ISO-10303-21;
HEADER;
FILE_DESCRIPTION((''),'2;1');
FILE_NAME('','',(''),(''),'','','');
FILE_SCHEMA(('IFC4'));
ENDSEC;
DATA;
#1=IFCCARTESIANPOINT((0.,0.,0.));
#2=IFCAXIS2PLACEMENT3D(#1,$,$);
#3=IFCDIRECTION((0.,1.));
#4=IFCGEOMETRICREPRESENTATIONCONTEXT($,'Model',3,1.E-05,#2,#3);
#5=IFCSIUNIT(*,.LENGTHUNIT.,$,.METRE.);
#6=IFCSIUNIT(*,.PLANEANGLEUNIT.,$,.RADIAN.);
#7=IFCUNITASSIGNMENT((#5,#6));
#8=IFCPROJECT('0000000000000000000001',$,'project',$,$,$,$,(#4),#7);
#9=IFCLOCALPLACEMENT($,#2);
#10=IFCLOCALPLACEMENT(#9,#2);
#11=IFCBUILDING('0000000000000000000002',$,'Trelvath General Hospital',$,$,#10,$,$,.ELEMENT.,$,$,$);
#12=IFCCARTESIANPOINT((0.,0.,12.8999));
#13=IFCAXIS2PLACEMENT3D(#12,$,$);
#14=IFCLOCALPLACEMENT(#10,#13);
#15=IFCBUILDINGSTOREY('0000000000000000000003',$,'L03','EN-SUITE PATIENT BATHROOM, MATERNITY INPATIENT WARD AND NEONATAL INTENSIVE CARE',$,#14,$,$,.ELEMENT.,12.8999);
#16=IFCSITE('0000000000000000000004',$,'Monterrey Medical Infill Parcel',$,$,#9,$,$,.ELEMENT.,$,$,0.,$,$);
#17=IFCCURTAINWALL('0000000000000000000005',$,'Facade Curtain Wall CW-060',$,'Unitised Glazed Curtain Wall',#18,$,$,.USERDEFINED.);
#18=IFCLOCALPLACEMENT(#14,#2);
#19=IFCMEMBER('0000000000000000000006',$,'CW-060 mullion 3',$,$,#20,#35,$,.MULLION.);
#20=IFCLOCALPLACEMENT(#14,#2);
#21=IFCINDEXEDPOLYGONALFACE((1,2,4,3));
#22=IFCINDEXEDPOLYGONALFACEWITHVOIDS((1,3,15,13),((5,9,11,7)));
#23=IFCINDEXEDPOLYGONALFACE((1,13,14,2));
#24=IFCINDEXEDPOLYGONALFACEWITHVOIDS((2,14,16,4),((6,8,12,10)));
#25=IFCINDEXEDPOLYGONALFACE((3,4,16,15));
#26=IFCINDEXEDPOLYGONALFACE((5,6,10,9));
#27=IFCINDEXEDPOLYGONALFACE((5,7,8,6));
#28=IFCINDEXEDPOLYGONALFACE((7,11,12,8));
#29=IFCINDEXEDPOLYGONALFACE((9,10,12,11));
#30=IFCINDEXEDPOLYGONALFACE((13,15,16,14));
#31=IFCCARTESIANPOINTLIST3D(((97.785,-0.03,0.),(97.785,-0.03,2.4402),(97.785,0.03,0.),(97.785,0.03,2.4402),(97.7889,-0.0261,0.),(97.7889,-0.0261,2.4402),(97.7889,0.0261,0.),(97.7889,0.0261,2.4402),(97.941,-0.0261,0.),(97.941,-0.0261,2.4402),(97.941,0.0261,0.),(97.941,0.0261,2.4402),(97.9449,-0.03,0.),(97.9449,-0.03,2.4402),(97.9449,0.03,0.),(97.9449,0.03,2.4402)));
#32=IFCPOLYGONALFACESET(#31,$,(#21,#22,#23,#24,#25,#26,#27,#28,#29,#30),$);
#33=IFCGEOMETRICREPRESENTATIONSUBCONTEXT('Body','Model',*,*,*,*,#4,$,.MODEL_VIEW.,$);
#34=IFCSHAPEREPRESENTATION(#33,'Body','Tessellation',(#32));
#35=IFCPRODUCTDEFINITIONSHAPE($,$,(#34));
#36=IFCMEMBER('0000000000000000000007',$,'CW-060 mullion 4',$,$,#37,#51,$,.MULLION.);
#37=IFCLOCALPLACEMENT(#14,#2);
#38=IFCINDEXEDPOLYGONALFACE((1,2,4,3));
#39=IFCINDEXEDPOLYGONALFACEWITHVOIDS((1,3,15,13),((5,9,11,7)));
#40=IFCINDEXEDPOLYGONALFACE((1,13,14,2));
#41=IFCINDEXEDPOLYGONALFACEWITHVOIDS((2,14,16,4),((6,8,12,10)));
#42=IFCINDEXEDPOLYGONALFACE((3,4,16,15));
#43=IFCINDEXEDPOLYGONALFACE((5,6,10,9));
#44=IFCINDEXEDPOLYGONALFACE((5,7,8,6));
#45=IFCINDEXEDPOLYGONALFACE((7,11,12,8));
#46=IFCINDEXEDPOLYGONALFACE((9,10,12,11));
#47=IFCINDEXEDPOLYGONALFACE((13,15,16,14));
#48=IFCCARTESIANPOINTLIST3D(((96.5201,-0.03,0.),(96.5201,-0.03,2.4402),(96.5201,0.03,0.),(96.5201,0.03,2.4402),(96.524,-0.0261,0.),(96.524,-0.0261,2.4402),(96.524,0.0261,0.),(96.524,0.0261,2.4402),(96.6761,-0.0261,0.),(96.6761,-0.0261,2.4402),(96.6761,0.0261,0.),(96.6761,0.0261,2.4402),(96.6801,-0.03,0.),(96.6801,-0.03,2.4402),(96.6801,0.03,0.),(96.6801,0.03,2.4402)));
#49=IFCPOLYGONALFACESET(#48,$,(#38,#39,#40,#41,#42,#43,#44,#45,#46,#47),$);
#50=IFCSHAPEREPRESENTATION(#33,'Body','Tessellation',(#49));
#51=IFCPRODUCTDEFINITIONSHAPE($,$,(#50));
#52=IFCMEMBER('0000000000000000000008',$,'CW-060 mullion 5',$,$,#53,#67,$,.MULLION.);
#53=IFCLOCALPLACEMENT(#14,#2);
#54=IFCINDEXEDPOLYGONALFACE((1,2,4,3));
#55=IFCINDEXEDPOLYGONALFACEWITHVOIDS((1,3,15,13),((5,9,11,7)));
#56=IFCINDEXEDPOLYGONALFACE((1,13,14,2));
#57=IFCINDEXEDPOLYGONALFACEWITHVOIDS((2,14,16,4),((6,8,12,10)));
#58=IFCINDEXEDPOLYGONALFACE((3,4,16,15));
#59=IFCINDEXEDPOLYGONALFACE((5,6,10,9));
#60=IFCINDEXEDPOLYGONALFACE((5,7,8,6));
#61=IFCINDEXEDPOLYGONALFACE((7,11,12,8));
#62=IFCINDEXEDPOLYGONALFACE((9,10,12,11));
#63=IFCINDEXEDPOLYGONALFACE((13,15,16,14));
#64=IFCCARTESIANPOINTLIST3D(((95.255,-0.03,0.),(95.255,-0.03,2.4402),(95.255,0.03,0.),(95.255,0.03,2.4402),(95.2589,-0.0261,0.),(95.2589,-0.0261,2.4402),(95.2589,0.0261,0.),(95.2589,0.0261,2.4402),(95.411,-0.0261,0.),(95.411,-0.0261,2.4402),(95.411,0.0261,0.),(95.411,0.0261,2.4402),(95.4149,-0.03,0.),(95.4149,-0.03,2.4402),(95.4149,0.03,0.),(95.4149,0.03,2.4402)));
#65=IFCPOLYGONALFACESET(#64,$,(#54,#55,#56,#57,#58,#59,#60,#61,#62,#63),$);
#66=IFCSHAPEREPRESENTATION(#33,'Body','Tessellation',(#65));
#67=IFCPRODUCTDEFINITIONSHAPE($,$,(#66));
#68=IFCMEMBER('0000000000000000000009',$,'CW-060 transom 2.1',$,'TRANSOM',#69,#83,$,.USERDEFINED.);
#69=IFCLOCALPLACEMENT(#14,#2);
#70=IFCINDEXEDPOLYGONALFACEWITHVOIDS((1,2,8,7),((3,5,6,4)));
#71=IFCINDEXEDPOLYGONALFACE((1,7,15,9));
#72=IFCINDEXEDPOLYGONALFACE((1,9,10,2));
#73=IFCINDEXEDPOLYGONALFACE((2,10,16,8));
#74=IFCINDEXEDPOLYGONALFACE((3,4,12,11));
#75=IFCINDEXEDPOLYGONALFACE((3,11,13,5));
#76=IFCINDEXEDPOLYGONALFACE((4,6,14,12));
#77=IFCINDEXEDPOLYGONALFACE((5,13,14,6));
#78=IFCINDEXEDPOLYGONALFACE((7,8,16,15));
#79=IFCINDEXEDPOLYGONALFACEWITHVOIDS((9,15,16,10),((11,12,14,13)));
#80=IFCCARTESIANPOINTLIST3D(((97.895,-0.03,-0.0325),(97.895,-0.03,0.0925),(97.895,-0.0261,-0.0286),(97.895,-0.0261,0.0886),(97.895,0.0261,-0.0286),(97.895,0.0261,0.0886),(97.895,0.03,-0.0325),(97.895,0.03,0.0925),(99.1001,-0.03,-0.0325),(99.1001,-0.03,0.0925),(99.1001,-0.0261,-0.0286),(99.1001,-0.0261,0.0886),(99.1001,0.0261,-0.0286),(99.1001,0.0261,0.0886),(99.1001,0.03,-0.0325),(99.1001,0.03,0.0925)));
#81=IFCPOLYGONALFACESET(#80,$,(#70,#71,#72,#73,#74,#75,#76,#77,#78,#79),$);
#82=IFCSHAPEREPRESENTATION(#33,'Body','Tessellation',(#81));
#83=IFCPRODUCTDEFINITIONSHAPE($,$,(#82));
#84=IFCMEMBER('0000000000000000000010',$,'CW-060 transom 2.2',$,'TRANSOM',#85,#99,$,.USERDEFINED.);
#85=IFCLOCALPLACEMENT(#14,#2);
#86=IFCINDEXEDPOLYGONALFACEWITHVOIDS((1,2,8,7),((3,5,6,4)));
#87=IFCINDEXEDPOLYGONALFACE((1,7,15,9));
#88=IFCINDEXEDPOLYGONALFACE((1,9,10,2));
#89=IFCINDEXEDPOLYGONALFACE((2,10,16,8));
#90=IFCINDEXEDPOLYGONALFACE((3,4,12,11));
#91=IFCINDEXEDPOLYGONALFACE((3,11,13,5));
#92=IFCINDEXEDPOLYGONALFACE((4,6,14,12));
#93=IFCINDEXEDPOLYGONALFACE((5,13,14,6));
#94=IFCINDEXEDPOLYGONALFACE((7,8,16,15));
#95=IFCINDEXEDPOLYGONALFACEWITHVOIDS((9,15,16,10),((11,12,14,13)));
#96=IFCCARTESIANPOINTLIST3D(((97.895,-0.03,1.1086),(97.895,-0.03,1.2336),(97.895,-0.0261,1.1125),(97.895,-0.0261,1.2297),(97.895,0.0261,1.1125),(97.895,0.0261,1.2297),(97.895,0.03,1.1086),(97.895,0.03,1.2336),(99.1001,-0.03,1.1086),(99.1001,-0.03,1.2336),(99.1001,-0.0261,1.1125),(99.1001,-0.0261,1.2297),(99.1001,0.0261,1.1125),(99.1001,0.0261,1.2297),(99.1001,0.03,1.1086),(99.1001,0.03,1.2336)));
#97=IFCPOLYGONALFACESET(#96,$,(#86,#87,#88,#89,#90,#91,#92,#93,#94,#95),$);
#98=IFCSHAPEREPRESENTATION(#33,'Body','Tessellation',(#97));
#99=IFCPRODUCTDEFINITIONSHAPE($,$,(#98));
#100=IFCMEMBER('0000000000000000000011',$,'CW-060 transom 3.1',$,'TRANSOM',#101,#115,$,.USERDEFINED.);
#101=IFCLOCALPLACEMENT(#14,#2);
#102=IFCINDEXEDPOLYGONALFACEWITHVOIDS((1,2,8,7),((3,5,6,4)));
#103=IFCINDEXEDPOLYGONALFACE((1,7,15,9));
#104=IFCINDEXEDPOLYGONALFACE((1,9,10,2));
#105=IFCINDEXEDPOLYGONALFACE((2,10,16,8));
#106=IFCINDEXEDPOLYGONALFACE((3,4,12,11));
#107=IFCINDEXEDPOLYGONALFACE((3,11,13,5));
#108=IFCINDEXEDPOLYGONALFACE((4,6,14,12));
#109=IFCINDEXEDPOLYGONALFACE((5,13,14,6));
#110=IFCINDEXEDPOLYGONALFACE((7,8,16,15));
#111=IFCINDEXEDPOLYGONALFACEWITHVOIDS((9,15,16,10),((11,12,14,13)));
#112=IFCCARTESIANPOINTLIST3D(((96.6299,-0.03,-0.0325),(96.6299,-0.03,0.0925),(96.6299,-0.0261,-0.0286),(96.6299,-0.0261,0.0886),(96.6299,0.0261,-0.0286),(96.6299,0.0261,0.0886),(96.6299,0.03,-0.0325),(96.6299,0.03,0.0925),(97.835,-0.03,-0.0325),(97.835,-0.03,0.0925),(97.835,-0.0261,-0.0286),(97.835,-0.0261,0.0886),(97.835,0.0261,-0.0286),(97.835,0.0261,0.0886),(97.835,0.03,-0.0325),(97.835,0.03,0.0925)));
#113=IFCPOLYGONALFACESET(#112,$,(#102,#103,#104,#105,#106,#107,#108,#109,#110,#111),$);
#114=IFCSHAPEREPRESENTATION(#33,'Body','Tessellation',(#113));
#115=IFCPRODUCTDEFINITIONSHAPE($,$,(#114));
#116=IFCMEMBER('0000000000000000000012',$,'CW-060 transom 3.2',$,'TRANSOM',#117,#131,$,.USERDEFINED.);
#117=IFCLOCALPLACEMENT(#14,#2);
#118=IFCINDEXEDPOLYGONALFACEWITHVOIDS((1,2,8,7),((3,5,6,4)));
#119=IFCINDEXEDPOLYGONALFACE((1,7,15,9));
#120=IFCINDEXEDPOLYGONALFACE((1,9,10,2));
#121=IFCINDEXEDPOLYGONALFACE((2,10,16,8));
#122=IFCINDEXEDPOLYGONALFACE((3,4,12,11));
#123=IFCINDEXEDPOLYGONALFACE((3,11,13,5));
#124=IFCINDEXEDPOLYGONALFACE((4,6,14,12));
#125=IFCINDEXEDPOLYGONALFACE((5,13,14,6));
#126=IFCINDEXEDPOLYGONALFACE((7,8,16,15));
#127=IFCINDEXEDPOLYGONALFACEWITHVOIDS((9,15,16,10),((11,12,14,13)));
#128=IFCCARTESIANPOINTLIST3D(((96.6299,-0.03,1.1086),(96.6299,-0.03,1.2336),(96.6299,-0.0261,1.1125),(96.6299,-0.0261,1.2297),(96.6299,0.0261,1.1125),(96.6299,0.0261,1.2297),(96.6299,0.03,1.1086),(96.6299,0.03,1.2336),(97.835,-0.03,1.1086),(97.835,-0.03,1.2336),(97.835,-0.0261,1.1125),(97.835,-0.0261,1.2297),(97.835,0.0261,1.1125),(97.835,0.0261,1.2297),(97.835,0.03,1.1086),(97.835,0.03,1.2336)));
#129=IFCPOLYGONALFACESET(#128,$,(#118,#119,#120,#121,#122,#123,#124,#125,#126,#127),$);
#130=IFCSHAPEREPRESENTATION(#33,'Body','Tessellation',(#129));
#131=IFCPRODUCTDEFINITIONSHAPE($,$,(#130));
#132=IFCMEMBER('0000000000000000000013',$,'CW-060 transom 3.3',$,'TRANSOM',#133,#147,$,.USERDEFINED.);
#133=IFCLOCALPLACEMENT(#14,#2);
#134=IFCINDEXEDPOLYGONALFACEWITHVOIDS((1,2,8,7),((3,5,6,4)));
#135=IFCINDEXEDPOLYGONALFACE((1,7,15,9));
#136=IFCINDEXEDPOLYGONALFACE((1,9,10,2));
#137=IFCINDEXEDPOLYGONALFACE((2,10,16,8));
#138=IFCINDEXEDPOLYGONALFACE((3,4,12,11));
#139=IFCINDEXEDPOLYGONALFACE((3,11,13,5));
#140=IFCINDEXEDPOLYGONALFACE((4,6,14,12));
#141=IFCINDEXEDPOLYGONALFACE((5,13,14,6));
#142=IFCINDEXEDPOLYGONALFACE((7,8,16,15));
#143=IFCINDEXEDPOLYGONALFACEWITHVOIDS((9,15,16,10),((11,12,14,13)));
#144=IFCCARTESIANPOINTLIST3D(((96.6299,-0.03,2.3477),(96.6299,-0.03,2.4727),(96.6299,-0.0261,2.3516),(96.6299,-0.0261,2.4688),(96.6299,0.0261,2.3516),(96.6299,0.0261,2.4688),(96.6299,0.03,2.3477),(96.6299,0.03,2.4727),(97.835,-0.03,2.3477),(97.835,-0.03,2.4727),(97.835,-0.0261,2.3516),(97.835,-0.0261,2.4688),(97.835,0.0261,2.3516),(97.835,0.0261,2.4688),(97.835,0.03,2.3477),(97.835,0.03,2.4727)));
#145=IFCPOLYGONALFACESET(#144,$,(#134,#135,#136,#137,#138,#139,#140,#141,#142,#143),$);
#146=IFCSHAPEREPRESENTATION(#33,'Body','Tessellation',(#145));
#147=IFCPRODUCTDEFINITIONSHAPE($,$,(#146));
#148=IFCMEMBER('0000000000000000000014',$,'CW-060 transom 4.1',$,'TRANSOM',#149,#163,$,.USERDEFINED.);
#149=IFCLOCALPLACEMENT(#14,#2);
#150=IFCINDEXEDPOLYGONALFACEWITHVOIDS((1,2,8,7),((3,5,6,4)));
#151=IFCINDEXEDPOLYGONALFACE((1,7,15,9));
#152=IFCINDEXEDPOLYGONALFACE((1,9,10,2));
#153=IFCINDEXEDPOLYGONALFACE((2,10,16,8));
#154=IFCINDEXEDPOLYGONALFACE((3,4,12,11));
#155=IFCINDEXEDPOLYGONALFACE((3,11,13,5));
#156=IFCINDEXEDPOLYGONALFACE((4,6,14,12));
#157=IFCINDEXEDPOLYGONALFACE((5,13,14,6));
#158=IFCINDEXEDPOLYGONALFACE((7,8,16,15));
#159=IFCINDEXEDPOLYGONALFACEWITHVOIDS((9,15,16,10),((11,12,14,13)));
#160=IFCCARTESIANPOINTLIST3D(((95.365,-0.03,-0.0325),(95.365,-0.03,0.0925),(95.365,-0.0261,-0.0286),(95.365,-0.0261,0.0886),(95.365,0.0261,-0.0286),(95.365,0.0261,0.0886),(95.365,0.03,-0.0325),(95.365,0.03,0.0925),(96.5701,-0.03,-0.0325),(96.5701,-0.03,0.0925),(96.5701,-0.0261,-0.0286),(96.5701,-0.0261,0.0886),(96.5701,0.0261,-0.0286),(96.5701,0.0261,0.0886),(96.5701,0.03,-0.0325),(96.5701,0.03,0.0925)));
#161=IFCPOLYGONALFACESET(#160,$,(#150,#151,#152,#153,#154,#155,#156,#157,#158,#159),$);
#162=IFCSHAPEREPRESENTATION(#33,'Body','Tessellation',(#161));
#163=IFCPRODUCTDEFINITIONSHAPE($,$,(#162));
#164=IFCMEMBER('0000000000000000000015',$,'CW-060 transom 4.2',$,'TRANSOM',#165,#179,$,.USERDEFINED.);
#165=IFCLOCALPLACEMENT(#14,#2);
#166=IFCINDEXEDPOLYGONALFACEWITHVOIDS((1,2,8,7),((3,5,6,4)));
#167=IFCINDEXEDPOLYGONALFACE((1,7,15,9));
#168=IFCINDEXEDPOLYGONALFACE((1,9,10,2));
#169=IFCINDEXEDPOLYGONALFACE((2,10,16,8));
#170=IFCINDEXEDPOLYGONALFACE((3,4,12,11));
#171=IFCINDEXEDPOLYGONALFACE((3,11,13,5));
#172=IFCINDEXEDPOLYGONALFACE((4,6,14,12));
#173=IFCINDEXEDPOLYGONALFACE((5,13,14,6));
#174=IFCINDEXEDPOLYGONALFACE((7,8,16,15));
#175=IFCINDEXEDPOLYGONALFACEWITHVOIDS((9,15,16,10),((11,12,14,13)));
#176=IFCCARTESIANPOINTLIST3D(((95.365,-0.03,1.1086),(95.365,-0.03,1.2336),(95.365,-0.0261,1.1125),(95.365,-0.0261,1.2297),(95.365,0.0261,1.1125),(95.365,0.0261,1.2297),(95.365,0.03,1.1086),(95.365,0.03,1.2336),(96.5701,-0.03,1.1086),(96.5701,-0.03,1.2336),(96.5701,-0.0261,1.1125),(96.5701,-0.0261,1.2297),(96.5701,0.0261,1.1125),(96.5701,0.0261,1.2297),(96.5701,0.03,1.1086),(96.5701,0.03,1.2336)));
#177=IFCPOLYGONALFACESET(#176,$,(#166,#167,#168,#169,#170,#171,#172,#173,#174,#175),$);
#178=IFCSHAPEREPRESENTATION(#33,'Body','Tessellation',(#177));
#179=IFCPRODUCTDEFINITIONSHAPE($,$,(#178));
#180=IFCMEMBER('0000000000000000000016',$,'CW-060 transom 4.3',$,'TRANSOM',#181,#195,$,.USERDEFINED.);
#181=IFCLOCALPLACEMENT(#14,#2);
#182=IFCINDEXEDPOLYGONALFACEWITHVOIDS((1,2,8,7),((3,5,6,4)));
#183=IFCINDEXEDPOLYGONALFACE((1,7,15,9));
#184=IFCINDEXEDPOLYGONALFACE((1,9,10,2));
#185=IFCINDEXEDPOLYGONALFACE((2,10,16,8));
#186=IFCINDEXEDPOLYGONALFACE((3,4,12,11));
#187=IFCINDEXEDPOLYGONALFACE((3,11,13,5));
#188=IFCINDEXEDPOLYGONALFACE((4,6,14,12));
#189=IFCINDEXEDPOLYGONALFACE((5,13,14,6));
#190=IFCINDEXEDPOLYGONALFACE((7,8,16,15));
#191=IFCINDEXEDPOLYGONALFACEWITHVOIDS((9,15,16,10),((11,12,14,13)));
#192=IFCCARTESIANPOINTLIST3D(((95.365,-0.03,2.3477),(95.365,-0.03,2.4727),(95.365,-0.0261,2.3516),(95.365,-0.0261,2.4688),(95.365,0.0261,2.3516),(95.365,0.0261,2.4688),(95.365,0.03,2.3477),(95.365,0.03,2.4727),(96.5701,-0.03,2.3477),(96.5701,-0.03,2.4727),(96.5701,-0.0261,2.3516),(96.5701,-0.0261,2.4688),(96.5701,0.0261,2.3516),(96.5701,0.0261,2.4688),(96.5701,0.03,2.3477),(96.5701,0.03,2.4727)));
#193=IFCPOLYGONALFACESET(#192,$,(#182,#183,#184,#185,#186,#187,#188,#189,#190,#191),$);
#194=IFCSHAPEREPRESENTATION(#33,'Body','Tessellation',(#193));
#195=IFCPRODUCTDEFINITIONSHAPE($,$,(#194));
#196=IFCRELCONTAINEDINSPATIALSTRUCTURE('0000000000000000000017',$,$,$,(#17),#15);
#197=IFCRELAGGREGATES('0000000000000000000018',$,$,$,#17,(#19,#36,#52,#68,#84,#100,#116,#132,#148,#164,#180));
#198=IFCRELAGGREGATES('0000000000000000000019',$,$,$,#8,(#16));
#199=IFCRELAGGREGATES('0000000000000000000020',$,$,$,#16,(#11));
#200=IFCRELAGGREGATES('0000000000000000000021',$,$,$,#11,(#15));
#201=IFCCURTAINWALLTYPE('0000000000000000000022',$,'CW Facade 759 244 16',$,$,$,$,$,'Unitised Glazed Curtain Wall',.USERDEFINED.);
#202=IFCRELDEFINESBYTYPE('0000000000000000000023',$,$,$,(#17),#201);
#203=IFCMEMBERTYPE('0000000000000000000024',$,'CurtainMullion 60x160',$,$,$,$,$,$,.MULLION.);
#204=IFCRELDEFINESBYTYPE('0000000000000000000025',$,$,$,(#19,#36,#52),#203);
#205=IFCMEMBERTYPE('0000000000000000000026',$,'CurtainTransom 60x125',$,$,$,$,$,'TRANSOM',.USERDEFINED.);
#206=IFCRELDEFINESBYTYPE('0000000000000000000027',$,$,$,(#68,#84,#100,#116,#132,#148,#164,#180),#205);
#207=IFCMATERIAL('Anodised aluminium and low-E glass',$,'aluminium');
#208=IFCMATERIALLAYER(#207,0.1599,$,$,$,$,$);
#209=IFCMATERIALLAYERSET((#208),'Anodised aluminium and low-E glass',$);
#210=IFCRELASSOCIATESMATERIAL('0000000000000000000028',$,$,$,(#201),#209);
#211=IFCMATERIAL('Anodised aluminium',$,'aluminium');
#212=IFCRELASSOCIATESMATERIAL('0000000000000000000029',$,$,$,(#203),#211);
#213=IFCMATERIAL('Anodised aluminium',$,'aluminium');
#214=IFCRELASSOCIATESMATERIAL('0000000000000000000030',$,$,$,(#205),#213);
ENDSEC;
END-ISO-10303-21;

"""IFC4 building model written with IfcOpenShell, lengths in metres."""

from ifc_helpers import new_model, si_unit, direction, frame, origin, origin_2d, place, context, subcontext, project, spatial, hollow_rectangle, extrude, material, layer, layer_set, material_profile, profile_set, type_object, element, aggregate, save


model = new_model("IFC4")

# Units and contexts
model_context = context("Model", 3, precision=1e-05, world=origin(), true_north=direction((0.0, 1.0)))
body_context = subcontext(model_context, "Body", "Model", "MODEL_VIEW")
ifc_project = project(units=[si_unit("LENGTHUNIT", "METRE"), si_unit("PLANEANGLEUNIT", "RADIAN")], contexts=[model_context])

# Site, building, storey
site_placement = place(None, origin())
site = spatial("IfcSite", under=ifc_project, at=site_placement, Name="Monterrey Medical Infill Parcel", CompositionType="ELEMENT", RefElevation=0.0)
building_placement = place(site_placement, origin())
building = spatial("IfcBuilding", under=site, at=building_placement, Name="Trelvath General Hospital", CompositionType="ELEMENT")
storey_placement = place(building_placement, frame((0.0, 0.0, 12.8999)))
storey = spatial("IfcBuildingStorey", under=building, at=storey_placement, Name="L03", Description="EN-SUITE PATIENT BATHROOM, MATERNITY INPATIENT WARD AND NEONATAL INTENSIVE CARE", CompositionType="ELEMENT", Elevation=12.8999)

# Curtain wall, members
ifc_material_1 = material(Name="Anodised aluminium and low-E glass", Category="aluminium")
ifc_layer_1 = layer(ifc_material_1, 0.1599)
ifc_layer_set_1 = layer_set([ifc_layer_1], Name="Anodised aluminium and low-E glass")
curtain_wall_type = type_object("IfcCurtainWallType", Name="CW Facade 759 244 16", ElementType="Unitised Glazed Curtain Wall", PredefinedType="USERDEFINED", material=ifc_layer_set_1)
curtain_wall_placement = place(storey_placement, origin())
curtain_wall = element("IfcCurtainWall", 1, at=curtain_wall_placement, inside=storey, type_object=curtain_wall_type, Name="Facade Curtain Wall CW-060", ObjectType="Unitised Glazed Curtain Wall", PredefinedType="USERDEFINED")
ifc_material_2 = material(Name="Anodised aluminium", Category="aluminium")
ifc_material_profile_1 = material_profile(ifc_material_2, hollow_rectangle(XDim=0.0601, YDim=0.1599, WallThickness=0.0039, at=origin_2d()), Name="RHS60x160x4")
ifc_profile_set_1 = profile_set([ifc_material_profile_1], Name="Anodised aluminium")
member_type_1 = type_object("IfcMemberType", Name="CurtainMullion 60x160", PredefinedType="MULLION", material=ifc_profile_set_1)
member_1_placement = place(storey_placement, frame((97.865, 0.0, 0.0), z_axis=(0.0, 0.0, 1.0), x_axis=(0.0, -1.0, 0.0)))
member_1 = element("IfcMember", 2, at=member_1_placement, type_object=member_type_1, Name="CW-060 mullion 3", PredefinedType="MULLION", context=body_context, shape_type="SweptSolid", body=[
    extrude(hollow_rectangle(XDim=0.0601, YDim=0.1599, WallThickness=0.0039, at=origin_2d()), origin(), (0.0, 0.0, 1.0), 2.4402),
])
member_2_placement = place(storey_placement, frame((96.6001, 0.0, 0.0), z_axis=(0.0, 0.0, 1.0), x_axis=(0.0, -1.0, 0.0)))
member_2 = element("IfcMember", 3, at=member_2_placement, type_object=member_type_1, Name="CW-060 mullion 4", PredefinedType="MULLION", context=body_context, shape_type="SweptSolid", body=[
    extrude(hollow_rectangle(XDim=0.0601, YDim=0.1599, WallThickness=0.0039, at=origin_2d()), origin(), (0.0, 0.0, 1.0), 2.4402),
])
member_3_placement = place(storey_placement, frame((95.335, 0.0, 0.0), z_axis=(0.0, 0.0, 1.0), x_axis=(0.0, -1.0, 0.0)))
member_3 = element("IfcMember", 4, at=member_3_placement, type_object=member_type_1, Name="CW-060 mullion 5", PredefinedType="MULLION", context=body_context, shape_type="SweptSolid", body=[
    extrude(hollow_rectangle(XDim=0.0601, YDim=0.1599, WallThickness=0.0039, at=origin_2d()), origin(), (0.0, 0.0, 1.0), 2.4402),
])
ifc_material_3 = material(Name="Anodised aluminium", Category="aluminium")
ifc_material_profile_2 = material_profile(ifc_material_3, hollow_rectangle(XDim=0.0601, YDim=0.125, WallThickness=0.0039, at=origin_2d()), Name="RHS60x125x4")
ifc_profile_set_2 = profile_set([ifc_material_profile_2], Name="Anodised aluminium")
member_type_2 = type_object("IfcMemberType", Name="CurtainTransom 60x125", ElementType="TRANSOM", PredefinedType="USERDEFINED", material=ifc_profile_set_2)
member_4_placement = place(storey_placement, frame((99.1001, 0.0, 0.03), z_axis=(-1.0, 0.0, 0.0), x_axis=(0.0, -1.0, 0.0)))
member_4 = element("IfcMember", 5, at=member_4_placement, type_object=member_type_2, Name="CW-060 transom 2.1", ObjectType="TRANSOM", PredefinedType="USERDEFINED", context=body_context, shape_type="SweptSolid", body=[
    extrude(hollow_rectangle(XDim=0.0601, YDim=0.125, WallThickness=0.0039, at=origin_2d()), origin(), (0.0, 0.0, 1.0), 1.2051),
])
member_5_placement = place(storey_placement, frame((99.1001, 0.0, 1.1711), z_axis=(-1.0, 0.0, 0.0), x_axis=(0.0, -1.0, 0.0)))
member_5 = element("IfcMember", 6, at=member_5_placement, type_object=member_type_2, Name="CW-060 transom 2.2", ObjectType="TRANSOM", PredefinedType="USERDEFINED", context=body_context, shape_type="SweptSolid", body=[
    extrude(hollow_rectangle(XDim=0.0601, YDim=0.125, WallThickness=0.0039, at=origin_2d()), origin(), (0.0, 0.0, 1.0), 1.2051),
])
member_6_placement = place(storey_placement, frame((97.835, 0.0, 0.03), z_axis=(-1.0, 0.0, 0.0), x_axis=(0.0, -1.0, 0.0)))
member_6 = element("IfcMember", 7, at=member_6_placement, type_object=member_type_2, Name="CW-060 transom 3.1", ObjectType="TRANSOM", PredefinedType="USERDEFINED", context=body_context, shape_type="SweptSolid", body=[
    extrude(hollow_rectangle(XDim=0.0601, YDim=0.125, WallThickness=0.0039, at=origin_2d()), origin(), (0.0, 0.0, 1.0), 1.2051),
])
member_7_placement = place(storey_placement, frame((97.835, 0.0, 1.1711), z_axis=(-1.0, 0.0, 0.0), x_axis=(0.0, -1.0, 0.0)))
member_7 = element("IfcMember", 8, at=member_7_placement, type_object=member_type_2, Name="CW-060 transom 3.2", ObjectType="TRANSOM", PredefinedType="USERDEFINED", context=body_context, shape_type="SweptSolid", body=[
    extrude(hollow_rectangle(XDim=0.0601, YDim=0.125, WallThickness=0.0039, at=origin_2d()), origin(), (0.0, 0.0, 1.0), 1.2051),
])
member_8_placement = place(storey_placement, frame((97.835, 0.0, 2.4102), z_axis=(-1.0, 0.0, 0.0), x_axis=(0.0, -1.0, 0.0)))
member_8 = element("IfcMember", 9, at=member_8_placement, type_object=member_type_2, Name="CW-060 transom 3.3", ObjectType="TRANSOM", PredefinedType="USERDEFINED", context=body_context, shape_type="SweptSolid", body=[
    extrude(hollow_rectangle(XDim=0.0601, YDim=0.125, WallThickness=0.0039, at=origin_2d()), origin(), (0.0, 0.0, 1.0), 1.2051),
])
member_9_placement = place(storey_placement, frame((96.5701, 0.0, 0.03), z_axis=(-1.0, 0.0, 0.0), x_axis=(0.0, -1.0, 0.0)))
member_9 = element("IfcMember", 10, at=member_9_placement, type_object=member_type_2, Name="CW-060 transom 4.1", ObjectType="TRANSOM", PredefinedType="USERDEFINED", context=body_context, shape_type="SweptSolid", body=[
    extrude(hollow_rectangle(XDim=0.0601, YDim=0.125, WallThickness=0.0039, at=origin_2d()), origin(), (0.0, 0.0, 1.0), 1.2051),
])
member_10_placement = place(storey_placement, frame((96.5701, 0.0, 1.1711), z_axis=(-1.0, 0.0, 0.0), x_axis=(0.0, -1.0, 0.0)))
member_10 = element("IfcMember", 11, at=member_10_placement, type_object=member_type_2, Name="CW-060 transom 4.2", ObjectType="TRANSOM", PredefinedType="USERDEFINED", context=body_context, shape_type="SweptSolid", body=[
    extrude(hollow_rectangle(XDim=0.0601, YDim=0.125, WallThickness=0.0039, at=origin_2d()), origin(), (0.0, 0.0, 1.0), 1.2051),
])
member_11_placement = place(storey_placement, frame((96.5701, 0.0, 2.4102), z_axis=(-1.0, 0.0, 0.0), x_axis=(0.0, -1.0, 0.0)))
member_11 = element("IfcMember", 12, at=member_11_placement, type_object=member_type_2, Name="CW-060 transom 4.3", ObjectType="TRANSOM", PredefinedType="USERDEFINED", context=body_context, shape_type="SweptSolid", body=[
    extrude(hollow_rectangle(XDim=0.0601, YDim=0.125, WallThickness=0.0039, at=origin_2d()), origin(), (0.0, 0.0, 1.0), 1.2051),
])
aggregate(curtain_wall, [member_1, member_2, member_3, member_4, member_5, member_6, member_7, member_8, member_9, member_10, member_11])

save(model, "model.ifc")
